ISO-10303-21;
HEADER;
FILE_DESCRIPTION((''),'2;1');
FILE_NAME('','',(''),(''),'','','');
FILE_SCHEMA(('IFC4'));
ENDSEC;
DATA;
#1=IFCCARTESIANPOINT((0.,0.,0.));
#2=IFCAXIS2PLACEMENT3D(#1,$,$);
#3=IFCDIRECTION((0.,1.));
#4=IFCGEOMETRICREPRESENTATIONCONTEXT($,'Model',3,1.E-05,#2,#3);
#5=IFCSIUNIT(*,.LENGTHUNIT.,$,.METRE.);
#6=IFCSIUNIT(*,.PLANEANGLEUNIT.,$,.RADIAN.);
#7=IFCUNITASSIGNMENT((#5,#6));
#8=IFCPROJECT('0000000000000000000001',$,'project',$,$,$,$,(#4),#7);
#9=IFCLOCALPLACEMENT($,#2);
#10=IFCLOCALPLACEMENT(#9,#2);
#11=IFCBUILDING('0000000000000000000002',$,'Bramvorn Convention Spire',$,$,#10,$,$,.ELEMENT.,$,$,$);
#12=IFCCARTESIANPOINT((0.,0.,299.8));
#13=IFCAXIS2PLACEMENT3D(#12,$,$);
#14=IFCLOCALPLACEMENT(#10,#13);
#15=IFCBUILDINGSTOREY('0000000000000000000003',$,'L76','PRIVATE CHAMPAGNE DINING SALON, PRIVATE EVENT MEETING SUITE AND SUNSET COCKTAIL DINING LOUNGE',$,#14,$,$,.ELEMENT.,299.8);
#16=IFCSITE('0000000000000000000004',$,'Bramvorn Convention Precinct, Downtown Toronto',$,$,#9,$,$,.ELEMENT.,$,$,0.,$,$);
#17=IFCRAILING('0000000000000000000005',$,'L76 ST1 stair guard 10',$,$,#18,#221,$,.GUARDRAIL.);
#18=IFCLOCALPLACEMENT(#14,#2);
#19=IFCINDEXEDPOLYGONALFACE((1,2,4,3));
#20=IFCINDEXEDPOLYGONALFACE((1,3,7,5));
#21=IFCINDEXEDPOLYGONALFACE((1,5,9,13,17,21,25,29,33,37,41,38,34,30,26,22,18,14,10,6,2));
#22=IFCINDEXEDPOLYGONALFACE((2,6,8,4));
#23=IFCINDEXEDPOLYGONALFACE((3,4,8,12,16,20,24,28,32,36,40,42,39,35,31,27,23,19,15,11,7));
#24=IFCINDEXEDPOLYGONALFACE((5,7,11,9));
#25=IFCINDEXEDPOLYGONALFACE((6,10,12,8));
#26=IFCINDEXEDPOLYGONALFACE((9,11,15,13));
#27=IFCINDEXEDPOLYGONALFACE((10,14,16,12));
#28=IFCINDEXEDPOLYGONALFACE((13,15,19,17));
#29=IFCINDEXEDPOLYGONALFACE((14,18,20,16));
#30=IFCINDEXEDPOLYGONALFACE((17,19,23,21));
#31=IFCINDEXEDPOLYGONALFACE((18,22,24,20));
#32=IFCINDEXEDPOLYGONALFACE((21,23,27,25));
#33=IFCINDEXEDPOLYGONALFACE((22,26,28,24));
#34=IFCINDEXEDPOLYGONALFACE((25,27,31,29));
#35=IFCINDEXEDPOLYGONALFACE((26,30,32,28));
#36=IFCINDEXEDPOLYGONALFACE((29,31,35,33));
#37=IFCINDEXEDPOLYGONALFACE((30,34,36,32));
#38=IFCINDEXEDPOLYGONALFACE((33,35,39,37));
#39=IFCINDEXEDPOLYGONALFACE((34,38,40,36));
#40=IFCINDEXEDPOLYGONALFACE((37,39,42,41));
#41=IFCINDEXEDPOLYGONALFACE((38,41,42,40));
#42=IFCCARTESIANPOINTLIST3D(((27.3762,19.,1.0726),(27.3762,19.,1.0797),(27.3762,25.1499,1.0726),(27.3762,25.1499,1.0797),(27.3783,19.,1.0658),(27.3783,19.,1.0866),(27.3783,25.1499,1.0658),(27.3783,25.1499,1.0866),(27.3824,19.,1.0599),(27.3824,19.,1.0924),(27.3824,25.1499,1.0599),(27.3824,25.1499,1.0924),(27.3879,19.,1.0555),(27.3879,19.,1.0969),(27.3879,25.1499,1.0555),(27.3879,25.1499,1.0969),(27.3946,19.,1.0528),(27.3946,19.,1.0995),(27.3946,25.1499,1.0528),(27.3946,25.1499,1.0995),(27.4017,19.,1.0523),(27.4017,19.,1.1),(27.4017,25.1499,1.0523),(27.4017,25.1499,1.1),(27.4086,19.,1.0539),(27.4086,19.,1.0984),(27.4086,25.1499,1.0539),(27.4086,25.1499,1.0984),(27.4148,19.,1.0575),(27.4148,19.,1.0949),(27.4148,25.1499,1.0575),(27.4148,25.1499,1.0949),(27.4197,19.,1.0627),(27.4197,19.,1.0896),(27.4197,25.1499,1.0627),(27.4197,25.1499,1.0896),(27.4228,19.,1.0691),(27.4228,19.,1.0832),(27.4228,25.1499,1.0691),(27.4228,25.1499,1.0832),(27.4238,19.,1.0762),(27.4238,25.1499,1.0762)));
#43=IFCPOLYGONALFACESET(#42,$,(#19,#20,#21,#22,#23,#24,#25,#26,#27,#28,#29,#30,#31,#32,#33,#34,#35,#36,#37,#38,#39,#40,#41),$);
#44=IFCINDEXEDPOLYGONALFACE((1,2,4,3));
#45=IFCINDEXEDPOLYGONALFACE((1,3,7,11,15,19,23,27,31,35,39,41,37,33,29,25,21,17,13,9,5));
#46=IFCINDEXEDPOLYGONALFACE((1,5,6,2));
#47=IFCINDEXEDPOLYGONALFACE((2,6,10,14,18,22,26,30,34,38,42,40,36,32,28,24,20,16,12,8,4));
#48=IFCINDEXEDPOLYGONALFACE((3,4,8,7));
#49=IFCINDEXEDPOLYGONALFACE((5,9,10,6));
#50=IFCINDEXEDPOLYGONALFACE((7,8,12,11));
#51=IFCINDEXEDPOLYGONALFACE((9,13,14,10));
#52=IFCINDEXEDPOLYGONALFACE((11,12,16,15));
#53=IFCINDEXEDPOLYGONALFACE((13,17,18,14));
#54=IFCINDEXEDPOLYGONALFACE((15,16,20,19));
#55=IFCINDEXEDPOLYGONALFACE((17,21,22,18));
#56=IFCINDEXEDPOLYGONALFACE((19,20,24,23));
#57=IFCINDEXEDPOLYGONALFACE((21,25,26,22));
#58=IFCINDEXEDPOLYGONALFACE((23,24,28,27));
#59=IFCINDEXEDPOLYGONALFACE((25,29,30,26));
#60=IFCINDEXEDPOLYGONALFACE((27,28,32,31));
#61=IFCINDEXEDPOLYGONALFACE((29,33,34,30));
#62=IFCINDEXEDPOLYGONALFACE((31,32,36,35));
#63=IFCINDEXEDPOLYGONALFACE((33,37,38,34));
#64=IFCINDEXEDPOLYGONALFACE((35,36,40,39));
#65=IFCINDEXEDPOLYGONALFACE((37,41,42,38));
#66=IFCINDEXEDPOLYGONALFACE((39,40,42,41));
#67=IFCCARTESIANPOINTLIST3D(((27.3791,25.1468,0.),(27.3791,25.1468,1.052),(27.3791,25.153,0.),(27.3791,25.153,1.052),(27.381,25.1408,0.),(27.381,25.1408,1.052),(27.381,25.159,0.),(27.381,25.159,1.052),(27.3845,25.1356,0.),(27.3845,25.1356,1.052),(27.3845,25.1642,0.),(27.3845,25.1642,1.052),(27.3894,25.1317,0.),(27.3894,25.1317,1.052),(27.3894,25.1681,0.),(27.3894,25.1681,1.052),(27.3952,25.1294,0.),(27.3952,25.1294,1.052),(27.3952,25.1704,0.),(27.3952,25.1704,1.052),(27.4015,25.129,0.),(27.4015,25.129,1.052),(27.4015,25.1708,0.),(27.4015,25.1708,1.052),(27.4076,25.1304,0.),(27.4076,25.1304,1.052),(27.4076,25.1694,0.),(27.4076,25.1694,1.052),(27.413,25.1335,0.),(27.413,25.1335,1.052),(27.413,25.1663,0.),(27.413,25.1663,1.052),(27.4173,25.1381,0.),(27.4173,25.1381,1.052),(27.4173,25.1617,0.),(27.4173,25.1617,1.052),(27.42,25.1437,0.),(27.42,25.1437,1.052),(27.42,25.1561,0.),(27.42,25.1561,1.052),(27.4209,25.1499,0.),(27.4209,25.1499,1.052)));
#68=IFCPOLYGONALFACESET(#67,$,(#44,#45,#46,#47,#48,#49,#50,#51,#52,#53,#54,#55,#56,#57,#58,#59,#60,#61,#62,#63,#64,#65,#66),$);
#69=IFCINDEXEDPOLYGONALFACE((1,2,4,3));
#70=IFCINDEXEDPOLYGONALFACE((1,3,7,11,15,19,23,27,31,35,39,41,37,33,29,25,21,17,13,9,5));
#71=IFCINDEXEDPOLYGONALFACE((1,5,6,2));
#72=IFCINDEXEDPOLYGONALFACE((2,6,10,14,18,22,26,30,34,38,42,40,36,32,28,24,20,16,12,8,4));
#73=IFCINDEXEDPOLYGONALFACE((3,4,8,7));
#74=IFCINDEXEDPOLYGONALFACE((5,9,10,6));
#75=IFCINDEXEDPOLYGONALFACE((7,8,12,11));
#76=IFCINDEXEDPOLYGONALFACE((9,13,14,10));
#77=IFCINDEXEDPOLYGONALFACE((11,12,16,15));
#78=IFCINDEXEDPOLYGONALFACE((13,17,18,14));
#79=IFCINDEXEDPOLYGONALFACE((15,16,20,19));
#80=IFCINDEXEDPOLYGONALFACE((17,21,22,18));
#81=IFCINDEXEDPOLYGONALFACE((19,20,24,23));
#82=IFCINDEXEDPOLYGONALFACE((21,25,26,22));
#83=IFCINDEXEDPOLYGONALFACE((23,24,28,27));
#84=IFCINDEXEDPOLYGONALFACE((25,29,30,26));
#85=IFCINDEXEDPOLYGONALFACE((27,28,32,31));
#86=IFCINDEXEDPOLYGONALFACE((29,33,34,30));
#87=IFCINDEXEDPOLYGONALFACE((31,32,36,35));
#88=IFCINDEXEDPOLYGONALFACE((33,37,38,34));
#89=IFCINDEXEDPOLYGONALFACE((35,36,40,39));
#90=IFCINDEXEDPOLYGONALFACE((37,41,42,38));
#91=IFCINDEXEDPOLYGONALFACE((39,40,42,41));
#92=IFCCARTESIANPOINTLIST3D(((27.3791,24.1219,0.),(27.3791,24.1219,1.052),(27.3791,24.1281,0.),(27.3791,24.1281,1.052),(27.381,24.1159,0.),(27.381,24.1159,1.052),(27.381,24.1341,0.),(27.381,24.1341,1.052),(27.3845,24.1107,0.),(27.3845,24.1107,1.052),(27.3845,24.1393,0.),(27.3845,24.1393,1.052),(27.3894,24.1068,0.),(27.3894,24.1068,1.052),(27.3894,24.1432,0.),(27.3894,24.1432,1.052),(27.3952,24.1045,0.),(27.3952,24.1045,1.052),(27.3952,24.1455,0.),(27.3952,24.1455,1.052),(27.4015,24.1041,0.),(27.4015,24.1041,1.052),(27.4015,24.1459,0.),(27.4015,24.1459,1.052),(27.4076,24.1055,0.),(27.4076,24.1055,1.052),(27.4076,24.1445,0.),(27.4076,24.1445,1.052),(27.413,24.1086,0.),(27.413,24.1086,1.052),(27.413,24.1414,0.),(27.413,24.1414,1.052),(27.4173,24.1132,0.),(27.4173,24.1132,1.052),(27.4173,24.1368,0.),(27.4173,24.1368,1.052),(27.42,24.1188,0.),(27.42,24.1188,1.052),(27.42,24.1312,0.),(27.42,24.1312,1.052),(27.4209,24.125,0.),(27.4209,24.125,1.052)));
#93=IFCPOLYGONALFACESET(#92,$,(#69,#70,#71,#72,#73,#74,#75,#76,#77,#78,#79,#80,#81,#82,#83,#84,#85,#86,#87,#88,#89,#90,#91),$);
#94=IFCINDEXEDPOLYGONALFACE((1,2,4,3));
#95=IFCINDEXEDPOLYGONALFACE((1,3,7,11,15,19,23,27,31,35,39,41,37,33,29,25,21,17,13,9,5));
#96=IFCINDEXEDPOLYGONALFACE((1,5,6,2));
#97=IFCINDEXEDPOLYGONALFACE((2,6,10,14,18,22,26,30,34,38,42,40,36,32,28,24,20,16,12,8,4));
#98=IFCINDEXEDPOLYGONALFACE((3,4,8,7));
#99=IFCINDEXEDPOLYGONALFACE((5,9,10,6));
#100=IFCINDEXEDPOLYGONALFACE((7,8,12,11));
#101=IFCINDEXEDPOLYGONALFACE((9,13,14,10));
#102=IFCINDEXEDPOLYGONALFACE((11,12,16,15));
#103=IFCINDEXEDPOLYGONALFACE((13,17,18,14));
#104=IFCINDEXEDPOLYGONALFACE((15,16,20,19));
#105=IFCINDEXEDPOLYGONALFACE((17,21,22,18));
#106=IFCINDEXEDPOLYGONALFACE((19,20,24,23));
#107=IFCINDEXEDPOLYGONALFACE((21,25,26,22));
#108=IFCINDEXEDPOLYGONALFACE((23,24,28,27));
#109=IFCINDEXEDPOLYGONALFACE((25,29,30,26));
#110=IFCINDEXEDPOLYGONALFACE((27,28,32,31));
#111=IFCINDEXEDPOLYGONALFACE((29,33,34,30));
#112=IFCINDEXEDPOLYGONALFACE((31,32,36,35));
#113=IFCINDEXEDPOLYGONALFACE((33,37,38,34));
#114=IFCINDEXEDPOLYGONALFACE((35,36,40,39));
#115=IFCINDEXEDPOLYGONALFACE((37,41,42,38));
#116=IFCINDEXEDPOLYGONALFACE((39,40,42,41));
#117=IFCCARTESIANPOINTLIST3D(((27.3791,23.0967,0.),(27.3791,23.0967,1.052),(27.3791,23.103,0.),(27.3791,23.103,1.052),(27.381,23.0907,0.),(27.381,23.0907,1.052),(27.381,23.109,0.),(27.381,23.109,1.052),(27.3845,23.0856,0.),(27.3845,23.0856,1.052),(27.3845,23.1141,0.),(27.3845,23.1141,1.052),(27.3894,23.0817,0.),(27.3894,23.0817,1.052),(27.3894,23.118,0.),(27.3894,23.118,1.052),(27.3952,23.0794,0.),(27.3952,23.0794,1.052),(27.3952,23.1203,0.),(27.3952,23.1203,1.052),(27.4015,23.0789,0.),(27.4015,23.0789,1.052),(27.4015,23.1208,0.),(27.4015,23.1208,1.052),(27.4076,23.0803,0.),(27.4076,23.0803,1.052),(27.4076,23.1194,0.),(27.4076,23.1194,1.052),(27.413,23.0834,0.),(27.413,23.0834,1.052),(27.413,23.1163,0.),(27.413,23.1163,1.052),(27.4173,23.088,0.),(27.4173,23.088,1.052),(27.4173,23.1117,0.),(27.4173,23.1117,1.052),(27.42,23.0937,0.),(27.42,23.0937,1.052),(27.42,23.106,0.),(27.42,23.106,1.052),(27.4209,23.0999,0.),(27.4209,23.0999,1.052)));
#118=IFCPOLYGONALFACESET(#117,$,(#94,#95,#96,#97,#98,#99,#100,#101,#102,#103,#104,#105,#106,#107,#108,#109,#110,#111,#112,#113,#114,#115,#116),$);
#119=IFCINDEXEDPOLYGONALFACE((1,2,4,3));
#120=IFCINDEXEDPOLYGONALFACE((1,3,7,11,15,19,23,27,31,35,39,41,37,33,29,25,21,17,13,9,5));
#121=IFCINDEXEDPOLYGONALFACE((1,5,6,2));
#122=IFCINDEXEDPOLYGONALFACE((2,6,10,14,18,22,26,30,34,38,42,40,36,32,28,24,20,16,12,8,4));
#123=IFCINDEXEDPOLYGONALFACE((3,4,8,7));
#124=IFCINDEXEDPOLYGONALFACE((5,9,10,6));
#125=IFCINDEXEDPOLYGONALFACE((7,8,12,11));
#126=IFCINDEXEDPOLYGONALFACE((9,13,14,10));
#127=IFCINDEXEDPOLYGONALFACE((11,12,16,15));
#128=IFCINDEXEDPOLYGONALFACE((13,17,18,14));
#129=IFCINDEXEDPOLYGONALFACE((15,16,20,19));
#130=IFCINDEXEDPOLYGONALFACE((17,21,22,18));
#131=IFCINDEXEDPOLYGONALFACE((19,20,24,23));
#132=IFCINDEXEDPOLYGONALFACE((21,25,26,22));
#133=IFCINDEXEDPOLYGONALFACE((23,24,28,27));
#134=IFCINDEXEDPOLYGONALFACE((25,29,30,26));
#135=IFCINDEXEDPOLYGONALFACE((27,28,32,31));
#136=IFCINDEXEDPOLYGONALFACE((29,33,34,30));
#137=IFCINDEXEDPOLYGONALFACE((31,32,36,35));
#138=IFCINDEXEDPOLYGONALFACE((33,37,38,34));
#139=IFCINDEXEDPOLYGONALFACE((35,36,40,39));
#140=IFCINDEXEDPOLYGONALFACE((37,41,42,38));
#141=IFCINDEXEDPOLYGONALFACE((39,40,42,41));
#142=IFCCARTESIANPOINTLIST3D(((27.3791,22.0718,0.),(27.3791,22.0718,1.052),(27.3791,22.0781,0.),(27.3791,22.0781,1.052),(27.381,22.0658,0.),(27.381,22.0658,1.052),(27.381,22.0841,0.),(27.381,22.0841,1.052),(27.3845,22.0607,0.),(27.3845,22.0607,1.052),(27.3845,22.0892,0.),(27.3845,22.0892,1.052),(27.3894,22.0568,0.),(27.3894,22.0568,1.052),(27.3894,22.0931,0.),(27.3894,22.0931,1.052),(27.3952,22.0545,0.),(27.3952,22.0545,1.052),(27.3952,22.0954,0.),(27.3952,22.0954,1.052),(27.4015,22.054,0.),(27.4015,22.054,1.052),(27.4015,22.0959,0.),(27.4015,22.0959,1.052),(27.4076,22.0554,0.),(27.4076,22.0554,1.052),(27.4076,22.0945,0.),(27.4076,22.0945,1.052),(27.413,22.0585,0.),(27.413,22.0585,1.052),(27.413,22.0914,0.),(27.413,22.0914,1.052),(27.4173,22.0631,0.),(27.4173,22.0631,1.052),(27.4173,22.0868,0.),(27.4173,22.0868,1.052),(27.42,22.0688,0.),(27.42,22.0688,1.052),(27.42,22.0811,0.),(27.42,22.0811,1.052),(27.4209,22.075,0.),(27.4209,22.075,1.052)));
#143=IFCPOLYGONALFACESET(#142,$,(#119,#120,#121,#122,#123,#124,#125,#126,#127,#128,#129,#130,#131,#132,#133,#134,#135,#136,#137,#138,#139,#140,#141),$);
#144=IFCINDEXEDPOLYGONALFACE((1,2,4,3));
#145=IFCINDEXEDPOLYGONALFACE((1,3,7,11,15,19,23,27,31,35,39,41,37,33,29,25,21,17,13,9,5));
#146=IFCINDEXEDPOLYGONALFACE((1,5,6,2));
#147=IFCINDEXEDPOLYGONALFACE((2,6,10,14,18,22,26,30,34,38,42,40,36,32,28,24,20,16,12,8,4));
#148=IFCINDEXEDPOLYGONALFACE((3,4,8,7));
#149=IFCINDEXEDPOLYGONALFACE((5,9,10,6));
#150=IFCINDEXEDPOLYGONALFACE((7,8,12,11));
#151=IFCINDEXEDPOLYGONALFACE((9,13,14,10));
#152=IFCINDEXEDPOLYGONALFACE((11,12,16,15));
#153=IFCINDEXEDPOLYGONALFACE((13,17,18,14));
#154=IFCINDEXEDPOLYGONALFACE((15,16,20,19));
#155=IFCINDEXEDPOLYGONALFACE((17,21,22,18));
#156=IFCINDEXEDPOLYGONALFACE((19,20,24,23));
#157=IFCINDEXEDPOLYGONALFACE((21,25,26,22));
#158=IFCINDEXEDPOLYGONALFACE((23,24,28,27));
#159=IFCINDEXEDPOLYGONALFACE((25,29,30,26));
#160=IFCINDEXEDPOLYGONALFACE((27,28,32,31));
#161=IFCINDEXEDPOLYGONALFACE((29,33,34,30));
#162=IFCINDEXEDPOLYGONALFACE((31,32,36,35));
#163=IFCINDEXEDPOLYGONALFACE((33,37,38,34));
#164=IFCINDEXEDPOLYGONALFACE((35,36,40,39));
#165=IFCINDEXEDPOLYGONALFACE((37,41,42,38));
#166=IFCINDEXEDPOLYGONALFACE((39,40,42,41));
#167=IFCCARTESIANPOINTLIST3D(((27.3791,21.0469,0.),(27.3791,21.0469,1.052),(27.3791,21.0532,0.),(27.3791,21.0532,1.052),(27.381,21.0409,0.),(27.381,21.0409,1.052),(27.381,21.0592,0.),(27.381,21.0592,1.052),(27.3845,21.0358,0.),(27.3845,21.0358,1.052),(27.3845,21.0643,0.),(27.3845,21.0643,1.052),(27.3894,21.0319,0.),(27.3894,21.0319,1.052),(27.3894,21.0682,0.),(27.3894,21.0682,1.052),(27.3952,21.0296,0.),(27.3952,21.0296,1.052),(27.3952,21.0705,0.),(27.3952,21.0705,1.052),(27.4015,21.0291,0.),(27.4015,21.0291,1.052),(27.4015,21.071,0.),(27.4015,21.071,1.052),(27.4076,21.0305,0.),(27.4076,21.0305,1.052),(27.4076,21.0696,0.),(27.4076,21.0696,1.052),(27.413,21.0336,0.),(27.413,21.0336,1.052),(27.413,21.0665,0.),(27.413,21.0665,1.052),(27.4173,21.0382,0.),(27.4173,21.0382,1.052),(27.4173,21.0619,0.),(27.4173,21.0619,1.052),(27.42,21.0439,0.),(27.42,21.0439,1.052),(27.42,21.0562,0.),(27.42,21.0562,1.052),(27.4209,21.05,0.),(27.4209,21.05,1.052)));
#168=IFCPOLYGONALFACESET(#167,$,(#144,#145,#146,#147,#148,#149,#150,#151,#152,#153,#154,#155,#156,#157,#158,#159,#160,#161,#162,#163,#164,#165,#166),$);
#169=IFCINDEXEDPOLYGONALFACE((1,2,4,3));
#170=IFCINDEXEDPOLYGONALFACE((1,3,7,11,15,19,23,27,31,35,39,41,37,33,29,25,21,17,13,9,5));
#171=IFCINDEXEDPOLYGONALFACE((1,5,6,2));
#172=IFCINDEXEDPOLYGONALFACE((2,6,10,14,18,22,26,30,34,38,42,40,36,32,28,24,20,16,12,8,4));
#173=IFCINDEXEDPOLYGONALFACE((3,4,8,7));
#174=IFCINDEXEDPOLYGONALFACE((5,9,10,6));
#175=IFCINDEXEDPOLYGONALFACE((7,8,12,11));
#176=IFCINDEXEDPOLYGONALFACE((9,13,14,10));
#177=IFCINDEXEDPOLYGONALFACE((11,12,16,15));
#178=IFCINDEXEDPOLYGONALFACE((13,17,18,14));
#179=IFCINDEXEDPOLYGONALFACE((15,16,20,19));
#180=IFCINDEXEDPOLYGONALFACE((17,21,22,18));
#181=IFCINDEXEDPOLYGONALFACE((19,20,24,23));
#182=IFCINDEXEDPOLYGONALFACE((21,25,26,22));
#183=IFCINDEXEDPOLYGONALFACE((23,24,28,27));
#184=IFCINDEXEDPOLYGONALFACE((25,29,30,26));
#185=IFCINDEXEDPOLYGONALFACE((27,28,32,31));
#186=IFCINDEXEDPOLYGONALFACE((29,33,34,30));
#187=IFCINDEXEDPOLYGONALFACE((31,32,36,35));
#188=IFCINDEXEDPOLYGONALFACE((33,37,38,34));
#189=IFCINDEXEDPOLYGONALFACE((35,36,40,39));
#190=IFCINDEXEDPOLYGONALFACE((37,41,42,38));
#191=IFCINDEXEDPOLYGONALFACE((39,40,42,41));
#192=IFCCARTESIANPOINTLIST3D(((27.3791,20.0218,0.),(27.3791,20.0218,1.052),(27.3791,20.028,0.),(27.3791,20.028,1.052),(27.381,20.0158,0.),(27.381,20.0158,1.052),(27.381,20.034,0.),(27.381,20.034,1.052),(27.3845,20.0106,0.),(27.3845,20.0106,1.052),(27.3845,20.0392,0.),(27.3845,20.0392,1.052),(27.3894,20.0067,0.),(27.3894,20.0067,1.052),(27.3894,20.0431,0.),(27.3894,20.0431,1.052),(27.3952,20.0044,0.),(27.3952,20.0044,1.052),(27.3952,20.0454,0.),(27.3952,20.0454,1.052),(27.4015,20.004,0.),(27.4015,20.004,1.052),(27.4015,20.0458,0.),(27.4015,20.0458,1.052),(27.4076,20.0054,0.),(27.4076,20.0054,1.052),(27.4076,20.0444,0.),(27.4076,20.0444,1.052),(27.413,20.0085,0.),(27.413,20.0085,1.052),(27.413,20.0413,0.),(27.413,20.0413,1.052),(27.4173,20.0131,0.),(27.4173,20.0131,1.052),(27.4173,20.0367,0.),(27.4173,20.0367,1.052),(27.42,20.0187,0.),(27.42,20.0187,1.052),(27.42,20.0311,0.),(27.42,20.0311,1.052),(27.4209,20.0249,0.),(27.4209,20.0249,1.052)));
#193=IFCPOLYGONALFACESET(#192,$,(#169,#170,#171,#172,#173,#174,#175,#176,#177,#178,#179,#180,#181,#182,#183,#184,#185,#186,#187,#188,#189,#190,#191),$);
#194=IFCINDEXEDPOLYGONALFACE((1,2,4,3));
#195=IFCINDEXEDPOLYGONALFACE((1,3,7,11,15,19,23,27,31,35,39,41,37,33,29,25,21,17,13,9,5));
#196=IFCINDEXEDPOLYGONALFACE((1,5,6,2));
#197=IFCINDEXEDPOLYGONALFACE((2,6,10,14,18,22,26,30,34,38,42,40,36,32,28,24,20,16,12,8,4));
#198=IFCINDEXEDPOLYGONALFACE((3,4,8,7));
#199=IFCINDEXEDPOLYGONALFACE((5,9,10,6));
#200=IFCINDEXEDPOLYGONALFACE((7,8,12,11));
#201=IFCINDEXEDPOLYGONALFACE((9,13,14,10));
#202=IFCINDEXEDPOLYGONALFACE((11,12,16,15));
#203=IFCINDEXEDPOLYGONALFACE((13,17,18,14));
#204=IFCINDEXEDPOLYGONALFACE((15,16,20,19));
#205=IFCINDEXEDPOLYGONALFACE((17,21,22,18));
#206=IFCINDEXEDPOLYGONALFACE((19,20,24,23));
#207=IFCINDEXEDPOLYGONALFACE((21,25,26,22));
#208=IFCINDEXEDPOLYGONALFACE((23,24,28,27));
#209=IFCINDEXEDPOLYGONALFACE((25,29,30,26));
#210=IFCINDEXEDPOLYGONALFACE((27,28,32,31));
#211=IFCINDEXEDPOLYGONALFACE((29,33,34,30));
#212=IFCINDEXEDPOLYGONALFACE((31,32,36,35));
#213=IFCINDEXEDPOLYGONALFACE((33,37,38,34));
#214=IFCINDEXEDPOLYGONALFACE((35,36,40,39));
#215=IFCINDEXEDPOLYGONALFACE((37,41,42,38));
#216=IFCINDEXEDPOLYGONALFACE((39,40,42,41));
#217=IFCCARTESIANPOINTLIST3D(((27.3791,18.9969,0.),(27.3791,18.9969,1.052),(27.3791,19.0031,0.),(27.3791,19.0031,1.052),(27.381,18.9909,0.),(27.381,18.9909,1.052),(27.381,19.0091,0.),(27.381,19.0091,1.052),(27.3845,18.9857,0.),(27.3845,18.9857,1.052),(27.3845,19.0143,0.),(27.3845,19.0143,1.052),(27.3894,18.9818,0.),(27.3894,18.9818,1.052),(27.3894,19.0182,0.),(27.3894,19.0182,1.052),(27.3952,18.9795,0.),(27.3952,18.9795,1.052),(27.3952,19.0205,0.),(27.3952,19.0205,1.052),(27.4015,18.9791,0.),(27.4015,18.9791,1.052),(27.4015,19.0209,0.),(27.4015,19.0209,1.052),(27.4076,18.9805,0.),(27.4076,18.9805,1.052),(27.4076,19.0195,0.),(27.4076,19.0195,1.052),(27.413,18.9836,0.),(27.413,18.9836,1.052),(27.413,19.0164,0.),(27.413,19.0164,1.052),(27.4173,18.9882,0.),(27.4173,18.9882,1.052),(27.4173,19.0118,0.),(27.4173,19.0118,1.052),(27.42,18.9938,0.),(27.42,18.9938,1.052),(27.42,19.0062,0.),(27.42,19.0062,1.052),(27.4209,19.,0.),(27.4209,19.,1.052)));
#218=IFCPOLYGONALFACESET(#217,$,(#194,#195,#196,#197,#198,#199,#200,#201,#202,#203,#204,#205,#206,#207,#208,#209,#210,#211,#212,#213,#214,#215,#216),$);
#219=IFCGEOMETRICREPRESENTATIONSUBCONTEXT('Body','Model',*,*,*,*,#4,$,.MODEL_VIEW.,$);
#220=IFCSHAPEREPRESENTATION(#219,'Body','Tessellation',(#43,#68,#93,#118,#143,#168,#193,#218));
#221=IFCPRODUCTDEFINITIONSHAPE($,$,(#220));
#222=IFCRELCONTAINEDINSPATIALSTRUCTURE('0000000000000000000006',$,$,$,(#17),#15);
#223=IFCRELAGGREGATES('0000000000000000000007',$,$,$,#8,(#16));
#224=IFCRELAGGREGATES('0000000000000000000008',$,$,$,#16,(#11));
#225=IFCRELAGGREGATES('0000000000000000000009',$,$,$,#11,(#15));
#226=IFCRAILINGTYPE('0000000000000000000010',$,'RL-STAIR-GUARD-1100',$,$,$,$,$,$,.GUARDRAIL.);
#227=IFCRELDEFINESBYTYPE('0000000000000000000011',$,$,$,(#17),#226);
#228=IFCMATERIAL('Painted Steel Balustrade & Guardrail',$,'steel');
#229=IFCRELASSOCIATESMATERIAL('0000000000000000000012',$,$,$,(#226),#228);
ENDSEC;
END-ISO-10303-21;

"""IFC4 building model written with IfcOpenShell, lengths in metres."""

from ifc_helpers import new_model, si_unit, direction, frame, origin, origin_2d, place, context, subcontext, project, spatial, circle, extrude, material, type_object, element, save


model = new_model("IFC4")

# Units and contexts
model_context = context("Model", 3, precision=1e-05, world=origin(), true_north=direction((0.0, 1.0)))
body_context = subcontext(model_context, "Body", "Model", "MODEL_VIEW")
ifc_project = project(units=[si_unit("LENGTHUNIT", "METRE"), si_unit("PLANEANGLEUNIT", "RADIAN")], contexts=[model_context])

# Site, building, storey
site_placement = place(None, origin())
site = spatial("IfcSite", under=ifc_project, at=site_placement, Name="Bramvorn Convention Precinct, Downtown Toronto", CompositionType="ELEMENT", RefElevation=0.0)
building_placement = place(site_placement, origin())
building = spatial("IfcBuilding", under=site, at=building_placement, Name="Bramvorn Convention Spire", CompositionType="ELEMENT")
storey_placement = place(building_placement, frame((0.0, 0.0, 299.8)))
storey = spatial("IfcBuildingStorey", under=building, at=storey_placement, Name="L76", Description="PRIVATE CHAMPAGNE DINING SALON, PRIVATE EVENT MEETING SUITE AND SUNSET COCKTAIL DINING LOUNGE", CompositionType="ELEMENT", Elevation=299.8)

# Railing
ifc_material_1 = material(Name="Painted Steel Balustrade & Guardrail", Category="steel")
railing_type = type_object("IfcRailingType", Name="RL-STAIR-GUARD-1100", PredefinedType="GUARDRAIL", material=ifc_material_1)
railing_placement = place(storey_placement, frame((27.3999, 25.1499, 0.0)))
element("IfcRailing", 1, at=railing_placement, inside=storey, type_object=railing_type, Name="L76 ST1 stair guard 10", PredefinedType="GUARDRAIL", context=body_context, shape_type="SweptSolid", body=[
    extrude(circle(Radius=0.0239, at=origin_2d()), frame((0.0, 0.0, 1.0762), z_axis=(0.0, -1.0, 0.0), x_axis=(1.0, 0.0, 0.0)), (0.0, 0.0, 1.0), 6.1499),
    extrude(circle(Radius=0.021, at=origin_2d()), origin(), (0.0, 0.0, 1.0), 1.052),
    extrude(circle(Radius=0.021, at=origin_2d()), frame((0.0, -1.0249, 0.0)), (0.0, 0.0, 1.0), 1.052),
    extrude(circle(Radius=0.021, at=origin_2d()), frame((0.0, -2.05, 0.0)), (0.0, 0.0, 1.0), 1.052),
    extrude(circle(Radius=0.021, at=origin_2d()), frame((0.0, -3.075, 0.0)), (0.0, 0.0, 1.0), 1.052),
    extrude(circle(Radius=0.021, at=origin_2d()), frame((0.0, -4.0999, 0.0)), (0.0, 0.0, 1.0), 1.052),
    extrude(circle(Radius=0.021, at=origin_2d()), frame((0.0, -5.125, 0.0)), (0.0, 0.0, 1.0), 1.052),
    extrude(circle(Radius=0.021, at=origin_2d()), frame((0.0, -6.1499, 0.0)), (0.0, 0.0, 1.0), 1.052),
])

save(model, "model.ifc")
